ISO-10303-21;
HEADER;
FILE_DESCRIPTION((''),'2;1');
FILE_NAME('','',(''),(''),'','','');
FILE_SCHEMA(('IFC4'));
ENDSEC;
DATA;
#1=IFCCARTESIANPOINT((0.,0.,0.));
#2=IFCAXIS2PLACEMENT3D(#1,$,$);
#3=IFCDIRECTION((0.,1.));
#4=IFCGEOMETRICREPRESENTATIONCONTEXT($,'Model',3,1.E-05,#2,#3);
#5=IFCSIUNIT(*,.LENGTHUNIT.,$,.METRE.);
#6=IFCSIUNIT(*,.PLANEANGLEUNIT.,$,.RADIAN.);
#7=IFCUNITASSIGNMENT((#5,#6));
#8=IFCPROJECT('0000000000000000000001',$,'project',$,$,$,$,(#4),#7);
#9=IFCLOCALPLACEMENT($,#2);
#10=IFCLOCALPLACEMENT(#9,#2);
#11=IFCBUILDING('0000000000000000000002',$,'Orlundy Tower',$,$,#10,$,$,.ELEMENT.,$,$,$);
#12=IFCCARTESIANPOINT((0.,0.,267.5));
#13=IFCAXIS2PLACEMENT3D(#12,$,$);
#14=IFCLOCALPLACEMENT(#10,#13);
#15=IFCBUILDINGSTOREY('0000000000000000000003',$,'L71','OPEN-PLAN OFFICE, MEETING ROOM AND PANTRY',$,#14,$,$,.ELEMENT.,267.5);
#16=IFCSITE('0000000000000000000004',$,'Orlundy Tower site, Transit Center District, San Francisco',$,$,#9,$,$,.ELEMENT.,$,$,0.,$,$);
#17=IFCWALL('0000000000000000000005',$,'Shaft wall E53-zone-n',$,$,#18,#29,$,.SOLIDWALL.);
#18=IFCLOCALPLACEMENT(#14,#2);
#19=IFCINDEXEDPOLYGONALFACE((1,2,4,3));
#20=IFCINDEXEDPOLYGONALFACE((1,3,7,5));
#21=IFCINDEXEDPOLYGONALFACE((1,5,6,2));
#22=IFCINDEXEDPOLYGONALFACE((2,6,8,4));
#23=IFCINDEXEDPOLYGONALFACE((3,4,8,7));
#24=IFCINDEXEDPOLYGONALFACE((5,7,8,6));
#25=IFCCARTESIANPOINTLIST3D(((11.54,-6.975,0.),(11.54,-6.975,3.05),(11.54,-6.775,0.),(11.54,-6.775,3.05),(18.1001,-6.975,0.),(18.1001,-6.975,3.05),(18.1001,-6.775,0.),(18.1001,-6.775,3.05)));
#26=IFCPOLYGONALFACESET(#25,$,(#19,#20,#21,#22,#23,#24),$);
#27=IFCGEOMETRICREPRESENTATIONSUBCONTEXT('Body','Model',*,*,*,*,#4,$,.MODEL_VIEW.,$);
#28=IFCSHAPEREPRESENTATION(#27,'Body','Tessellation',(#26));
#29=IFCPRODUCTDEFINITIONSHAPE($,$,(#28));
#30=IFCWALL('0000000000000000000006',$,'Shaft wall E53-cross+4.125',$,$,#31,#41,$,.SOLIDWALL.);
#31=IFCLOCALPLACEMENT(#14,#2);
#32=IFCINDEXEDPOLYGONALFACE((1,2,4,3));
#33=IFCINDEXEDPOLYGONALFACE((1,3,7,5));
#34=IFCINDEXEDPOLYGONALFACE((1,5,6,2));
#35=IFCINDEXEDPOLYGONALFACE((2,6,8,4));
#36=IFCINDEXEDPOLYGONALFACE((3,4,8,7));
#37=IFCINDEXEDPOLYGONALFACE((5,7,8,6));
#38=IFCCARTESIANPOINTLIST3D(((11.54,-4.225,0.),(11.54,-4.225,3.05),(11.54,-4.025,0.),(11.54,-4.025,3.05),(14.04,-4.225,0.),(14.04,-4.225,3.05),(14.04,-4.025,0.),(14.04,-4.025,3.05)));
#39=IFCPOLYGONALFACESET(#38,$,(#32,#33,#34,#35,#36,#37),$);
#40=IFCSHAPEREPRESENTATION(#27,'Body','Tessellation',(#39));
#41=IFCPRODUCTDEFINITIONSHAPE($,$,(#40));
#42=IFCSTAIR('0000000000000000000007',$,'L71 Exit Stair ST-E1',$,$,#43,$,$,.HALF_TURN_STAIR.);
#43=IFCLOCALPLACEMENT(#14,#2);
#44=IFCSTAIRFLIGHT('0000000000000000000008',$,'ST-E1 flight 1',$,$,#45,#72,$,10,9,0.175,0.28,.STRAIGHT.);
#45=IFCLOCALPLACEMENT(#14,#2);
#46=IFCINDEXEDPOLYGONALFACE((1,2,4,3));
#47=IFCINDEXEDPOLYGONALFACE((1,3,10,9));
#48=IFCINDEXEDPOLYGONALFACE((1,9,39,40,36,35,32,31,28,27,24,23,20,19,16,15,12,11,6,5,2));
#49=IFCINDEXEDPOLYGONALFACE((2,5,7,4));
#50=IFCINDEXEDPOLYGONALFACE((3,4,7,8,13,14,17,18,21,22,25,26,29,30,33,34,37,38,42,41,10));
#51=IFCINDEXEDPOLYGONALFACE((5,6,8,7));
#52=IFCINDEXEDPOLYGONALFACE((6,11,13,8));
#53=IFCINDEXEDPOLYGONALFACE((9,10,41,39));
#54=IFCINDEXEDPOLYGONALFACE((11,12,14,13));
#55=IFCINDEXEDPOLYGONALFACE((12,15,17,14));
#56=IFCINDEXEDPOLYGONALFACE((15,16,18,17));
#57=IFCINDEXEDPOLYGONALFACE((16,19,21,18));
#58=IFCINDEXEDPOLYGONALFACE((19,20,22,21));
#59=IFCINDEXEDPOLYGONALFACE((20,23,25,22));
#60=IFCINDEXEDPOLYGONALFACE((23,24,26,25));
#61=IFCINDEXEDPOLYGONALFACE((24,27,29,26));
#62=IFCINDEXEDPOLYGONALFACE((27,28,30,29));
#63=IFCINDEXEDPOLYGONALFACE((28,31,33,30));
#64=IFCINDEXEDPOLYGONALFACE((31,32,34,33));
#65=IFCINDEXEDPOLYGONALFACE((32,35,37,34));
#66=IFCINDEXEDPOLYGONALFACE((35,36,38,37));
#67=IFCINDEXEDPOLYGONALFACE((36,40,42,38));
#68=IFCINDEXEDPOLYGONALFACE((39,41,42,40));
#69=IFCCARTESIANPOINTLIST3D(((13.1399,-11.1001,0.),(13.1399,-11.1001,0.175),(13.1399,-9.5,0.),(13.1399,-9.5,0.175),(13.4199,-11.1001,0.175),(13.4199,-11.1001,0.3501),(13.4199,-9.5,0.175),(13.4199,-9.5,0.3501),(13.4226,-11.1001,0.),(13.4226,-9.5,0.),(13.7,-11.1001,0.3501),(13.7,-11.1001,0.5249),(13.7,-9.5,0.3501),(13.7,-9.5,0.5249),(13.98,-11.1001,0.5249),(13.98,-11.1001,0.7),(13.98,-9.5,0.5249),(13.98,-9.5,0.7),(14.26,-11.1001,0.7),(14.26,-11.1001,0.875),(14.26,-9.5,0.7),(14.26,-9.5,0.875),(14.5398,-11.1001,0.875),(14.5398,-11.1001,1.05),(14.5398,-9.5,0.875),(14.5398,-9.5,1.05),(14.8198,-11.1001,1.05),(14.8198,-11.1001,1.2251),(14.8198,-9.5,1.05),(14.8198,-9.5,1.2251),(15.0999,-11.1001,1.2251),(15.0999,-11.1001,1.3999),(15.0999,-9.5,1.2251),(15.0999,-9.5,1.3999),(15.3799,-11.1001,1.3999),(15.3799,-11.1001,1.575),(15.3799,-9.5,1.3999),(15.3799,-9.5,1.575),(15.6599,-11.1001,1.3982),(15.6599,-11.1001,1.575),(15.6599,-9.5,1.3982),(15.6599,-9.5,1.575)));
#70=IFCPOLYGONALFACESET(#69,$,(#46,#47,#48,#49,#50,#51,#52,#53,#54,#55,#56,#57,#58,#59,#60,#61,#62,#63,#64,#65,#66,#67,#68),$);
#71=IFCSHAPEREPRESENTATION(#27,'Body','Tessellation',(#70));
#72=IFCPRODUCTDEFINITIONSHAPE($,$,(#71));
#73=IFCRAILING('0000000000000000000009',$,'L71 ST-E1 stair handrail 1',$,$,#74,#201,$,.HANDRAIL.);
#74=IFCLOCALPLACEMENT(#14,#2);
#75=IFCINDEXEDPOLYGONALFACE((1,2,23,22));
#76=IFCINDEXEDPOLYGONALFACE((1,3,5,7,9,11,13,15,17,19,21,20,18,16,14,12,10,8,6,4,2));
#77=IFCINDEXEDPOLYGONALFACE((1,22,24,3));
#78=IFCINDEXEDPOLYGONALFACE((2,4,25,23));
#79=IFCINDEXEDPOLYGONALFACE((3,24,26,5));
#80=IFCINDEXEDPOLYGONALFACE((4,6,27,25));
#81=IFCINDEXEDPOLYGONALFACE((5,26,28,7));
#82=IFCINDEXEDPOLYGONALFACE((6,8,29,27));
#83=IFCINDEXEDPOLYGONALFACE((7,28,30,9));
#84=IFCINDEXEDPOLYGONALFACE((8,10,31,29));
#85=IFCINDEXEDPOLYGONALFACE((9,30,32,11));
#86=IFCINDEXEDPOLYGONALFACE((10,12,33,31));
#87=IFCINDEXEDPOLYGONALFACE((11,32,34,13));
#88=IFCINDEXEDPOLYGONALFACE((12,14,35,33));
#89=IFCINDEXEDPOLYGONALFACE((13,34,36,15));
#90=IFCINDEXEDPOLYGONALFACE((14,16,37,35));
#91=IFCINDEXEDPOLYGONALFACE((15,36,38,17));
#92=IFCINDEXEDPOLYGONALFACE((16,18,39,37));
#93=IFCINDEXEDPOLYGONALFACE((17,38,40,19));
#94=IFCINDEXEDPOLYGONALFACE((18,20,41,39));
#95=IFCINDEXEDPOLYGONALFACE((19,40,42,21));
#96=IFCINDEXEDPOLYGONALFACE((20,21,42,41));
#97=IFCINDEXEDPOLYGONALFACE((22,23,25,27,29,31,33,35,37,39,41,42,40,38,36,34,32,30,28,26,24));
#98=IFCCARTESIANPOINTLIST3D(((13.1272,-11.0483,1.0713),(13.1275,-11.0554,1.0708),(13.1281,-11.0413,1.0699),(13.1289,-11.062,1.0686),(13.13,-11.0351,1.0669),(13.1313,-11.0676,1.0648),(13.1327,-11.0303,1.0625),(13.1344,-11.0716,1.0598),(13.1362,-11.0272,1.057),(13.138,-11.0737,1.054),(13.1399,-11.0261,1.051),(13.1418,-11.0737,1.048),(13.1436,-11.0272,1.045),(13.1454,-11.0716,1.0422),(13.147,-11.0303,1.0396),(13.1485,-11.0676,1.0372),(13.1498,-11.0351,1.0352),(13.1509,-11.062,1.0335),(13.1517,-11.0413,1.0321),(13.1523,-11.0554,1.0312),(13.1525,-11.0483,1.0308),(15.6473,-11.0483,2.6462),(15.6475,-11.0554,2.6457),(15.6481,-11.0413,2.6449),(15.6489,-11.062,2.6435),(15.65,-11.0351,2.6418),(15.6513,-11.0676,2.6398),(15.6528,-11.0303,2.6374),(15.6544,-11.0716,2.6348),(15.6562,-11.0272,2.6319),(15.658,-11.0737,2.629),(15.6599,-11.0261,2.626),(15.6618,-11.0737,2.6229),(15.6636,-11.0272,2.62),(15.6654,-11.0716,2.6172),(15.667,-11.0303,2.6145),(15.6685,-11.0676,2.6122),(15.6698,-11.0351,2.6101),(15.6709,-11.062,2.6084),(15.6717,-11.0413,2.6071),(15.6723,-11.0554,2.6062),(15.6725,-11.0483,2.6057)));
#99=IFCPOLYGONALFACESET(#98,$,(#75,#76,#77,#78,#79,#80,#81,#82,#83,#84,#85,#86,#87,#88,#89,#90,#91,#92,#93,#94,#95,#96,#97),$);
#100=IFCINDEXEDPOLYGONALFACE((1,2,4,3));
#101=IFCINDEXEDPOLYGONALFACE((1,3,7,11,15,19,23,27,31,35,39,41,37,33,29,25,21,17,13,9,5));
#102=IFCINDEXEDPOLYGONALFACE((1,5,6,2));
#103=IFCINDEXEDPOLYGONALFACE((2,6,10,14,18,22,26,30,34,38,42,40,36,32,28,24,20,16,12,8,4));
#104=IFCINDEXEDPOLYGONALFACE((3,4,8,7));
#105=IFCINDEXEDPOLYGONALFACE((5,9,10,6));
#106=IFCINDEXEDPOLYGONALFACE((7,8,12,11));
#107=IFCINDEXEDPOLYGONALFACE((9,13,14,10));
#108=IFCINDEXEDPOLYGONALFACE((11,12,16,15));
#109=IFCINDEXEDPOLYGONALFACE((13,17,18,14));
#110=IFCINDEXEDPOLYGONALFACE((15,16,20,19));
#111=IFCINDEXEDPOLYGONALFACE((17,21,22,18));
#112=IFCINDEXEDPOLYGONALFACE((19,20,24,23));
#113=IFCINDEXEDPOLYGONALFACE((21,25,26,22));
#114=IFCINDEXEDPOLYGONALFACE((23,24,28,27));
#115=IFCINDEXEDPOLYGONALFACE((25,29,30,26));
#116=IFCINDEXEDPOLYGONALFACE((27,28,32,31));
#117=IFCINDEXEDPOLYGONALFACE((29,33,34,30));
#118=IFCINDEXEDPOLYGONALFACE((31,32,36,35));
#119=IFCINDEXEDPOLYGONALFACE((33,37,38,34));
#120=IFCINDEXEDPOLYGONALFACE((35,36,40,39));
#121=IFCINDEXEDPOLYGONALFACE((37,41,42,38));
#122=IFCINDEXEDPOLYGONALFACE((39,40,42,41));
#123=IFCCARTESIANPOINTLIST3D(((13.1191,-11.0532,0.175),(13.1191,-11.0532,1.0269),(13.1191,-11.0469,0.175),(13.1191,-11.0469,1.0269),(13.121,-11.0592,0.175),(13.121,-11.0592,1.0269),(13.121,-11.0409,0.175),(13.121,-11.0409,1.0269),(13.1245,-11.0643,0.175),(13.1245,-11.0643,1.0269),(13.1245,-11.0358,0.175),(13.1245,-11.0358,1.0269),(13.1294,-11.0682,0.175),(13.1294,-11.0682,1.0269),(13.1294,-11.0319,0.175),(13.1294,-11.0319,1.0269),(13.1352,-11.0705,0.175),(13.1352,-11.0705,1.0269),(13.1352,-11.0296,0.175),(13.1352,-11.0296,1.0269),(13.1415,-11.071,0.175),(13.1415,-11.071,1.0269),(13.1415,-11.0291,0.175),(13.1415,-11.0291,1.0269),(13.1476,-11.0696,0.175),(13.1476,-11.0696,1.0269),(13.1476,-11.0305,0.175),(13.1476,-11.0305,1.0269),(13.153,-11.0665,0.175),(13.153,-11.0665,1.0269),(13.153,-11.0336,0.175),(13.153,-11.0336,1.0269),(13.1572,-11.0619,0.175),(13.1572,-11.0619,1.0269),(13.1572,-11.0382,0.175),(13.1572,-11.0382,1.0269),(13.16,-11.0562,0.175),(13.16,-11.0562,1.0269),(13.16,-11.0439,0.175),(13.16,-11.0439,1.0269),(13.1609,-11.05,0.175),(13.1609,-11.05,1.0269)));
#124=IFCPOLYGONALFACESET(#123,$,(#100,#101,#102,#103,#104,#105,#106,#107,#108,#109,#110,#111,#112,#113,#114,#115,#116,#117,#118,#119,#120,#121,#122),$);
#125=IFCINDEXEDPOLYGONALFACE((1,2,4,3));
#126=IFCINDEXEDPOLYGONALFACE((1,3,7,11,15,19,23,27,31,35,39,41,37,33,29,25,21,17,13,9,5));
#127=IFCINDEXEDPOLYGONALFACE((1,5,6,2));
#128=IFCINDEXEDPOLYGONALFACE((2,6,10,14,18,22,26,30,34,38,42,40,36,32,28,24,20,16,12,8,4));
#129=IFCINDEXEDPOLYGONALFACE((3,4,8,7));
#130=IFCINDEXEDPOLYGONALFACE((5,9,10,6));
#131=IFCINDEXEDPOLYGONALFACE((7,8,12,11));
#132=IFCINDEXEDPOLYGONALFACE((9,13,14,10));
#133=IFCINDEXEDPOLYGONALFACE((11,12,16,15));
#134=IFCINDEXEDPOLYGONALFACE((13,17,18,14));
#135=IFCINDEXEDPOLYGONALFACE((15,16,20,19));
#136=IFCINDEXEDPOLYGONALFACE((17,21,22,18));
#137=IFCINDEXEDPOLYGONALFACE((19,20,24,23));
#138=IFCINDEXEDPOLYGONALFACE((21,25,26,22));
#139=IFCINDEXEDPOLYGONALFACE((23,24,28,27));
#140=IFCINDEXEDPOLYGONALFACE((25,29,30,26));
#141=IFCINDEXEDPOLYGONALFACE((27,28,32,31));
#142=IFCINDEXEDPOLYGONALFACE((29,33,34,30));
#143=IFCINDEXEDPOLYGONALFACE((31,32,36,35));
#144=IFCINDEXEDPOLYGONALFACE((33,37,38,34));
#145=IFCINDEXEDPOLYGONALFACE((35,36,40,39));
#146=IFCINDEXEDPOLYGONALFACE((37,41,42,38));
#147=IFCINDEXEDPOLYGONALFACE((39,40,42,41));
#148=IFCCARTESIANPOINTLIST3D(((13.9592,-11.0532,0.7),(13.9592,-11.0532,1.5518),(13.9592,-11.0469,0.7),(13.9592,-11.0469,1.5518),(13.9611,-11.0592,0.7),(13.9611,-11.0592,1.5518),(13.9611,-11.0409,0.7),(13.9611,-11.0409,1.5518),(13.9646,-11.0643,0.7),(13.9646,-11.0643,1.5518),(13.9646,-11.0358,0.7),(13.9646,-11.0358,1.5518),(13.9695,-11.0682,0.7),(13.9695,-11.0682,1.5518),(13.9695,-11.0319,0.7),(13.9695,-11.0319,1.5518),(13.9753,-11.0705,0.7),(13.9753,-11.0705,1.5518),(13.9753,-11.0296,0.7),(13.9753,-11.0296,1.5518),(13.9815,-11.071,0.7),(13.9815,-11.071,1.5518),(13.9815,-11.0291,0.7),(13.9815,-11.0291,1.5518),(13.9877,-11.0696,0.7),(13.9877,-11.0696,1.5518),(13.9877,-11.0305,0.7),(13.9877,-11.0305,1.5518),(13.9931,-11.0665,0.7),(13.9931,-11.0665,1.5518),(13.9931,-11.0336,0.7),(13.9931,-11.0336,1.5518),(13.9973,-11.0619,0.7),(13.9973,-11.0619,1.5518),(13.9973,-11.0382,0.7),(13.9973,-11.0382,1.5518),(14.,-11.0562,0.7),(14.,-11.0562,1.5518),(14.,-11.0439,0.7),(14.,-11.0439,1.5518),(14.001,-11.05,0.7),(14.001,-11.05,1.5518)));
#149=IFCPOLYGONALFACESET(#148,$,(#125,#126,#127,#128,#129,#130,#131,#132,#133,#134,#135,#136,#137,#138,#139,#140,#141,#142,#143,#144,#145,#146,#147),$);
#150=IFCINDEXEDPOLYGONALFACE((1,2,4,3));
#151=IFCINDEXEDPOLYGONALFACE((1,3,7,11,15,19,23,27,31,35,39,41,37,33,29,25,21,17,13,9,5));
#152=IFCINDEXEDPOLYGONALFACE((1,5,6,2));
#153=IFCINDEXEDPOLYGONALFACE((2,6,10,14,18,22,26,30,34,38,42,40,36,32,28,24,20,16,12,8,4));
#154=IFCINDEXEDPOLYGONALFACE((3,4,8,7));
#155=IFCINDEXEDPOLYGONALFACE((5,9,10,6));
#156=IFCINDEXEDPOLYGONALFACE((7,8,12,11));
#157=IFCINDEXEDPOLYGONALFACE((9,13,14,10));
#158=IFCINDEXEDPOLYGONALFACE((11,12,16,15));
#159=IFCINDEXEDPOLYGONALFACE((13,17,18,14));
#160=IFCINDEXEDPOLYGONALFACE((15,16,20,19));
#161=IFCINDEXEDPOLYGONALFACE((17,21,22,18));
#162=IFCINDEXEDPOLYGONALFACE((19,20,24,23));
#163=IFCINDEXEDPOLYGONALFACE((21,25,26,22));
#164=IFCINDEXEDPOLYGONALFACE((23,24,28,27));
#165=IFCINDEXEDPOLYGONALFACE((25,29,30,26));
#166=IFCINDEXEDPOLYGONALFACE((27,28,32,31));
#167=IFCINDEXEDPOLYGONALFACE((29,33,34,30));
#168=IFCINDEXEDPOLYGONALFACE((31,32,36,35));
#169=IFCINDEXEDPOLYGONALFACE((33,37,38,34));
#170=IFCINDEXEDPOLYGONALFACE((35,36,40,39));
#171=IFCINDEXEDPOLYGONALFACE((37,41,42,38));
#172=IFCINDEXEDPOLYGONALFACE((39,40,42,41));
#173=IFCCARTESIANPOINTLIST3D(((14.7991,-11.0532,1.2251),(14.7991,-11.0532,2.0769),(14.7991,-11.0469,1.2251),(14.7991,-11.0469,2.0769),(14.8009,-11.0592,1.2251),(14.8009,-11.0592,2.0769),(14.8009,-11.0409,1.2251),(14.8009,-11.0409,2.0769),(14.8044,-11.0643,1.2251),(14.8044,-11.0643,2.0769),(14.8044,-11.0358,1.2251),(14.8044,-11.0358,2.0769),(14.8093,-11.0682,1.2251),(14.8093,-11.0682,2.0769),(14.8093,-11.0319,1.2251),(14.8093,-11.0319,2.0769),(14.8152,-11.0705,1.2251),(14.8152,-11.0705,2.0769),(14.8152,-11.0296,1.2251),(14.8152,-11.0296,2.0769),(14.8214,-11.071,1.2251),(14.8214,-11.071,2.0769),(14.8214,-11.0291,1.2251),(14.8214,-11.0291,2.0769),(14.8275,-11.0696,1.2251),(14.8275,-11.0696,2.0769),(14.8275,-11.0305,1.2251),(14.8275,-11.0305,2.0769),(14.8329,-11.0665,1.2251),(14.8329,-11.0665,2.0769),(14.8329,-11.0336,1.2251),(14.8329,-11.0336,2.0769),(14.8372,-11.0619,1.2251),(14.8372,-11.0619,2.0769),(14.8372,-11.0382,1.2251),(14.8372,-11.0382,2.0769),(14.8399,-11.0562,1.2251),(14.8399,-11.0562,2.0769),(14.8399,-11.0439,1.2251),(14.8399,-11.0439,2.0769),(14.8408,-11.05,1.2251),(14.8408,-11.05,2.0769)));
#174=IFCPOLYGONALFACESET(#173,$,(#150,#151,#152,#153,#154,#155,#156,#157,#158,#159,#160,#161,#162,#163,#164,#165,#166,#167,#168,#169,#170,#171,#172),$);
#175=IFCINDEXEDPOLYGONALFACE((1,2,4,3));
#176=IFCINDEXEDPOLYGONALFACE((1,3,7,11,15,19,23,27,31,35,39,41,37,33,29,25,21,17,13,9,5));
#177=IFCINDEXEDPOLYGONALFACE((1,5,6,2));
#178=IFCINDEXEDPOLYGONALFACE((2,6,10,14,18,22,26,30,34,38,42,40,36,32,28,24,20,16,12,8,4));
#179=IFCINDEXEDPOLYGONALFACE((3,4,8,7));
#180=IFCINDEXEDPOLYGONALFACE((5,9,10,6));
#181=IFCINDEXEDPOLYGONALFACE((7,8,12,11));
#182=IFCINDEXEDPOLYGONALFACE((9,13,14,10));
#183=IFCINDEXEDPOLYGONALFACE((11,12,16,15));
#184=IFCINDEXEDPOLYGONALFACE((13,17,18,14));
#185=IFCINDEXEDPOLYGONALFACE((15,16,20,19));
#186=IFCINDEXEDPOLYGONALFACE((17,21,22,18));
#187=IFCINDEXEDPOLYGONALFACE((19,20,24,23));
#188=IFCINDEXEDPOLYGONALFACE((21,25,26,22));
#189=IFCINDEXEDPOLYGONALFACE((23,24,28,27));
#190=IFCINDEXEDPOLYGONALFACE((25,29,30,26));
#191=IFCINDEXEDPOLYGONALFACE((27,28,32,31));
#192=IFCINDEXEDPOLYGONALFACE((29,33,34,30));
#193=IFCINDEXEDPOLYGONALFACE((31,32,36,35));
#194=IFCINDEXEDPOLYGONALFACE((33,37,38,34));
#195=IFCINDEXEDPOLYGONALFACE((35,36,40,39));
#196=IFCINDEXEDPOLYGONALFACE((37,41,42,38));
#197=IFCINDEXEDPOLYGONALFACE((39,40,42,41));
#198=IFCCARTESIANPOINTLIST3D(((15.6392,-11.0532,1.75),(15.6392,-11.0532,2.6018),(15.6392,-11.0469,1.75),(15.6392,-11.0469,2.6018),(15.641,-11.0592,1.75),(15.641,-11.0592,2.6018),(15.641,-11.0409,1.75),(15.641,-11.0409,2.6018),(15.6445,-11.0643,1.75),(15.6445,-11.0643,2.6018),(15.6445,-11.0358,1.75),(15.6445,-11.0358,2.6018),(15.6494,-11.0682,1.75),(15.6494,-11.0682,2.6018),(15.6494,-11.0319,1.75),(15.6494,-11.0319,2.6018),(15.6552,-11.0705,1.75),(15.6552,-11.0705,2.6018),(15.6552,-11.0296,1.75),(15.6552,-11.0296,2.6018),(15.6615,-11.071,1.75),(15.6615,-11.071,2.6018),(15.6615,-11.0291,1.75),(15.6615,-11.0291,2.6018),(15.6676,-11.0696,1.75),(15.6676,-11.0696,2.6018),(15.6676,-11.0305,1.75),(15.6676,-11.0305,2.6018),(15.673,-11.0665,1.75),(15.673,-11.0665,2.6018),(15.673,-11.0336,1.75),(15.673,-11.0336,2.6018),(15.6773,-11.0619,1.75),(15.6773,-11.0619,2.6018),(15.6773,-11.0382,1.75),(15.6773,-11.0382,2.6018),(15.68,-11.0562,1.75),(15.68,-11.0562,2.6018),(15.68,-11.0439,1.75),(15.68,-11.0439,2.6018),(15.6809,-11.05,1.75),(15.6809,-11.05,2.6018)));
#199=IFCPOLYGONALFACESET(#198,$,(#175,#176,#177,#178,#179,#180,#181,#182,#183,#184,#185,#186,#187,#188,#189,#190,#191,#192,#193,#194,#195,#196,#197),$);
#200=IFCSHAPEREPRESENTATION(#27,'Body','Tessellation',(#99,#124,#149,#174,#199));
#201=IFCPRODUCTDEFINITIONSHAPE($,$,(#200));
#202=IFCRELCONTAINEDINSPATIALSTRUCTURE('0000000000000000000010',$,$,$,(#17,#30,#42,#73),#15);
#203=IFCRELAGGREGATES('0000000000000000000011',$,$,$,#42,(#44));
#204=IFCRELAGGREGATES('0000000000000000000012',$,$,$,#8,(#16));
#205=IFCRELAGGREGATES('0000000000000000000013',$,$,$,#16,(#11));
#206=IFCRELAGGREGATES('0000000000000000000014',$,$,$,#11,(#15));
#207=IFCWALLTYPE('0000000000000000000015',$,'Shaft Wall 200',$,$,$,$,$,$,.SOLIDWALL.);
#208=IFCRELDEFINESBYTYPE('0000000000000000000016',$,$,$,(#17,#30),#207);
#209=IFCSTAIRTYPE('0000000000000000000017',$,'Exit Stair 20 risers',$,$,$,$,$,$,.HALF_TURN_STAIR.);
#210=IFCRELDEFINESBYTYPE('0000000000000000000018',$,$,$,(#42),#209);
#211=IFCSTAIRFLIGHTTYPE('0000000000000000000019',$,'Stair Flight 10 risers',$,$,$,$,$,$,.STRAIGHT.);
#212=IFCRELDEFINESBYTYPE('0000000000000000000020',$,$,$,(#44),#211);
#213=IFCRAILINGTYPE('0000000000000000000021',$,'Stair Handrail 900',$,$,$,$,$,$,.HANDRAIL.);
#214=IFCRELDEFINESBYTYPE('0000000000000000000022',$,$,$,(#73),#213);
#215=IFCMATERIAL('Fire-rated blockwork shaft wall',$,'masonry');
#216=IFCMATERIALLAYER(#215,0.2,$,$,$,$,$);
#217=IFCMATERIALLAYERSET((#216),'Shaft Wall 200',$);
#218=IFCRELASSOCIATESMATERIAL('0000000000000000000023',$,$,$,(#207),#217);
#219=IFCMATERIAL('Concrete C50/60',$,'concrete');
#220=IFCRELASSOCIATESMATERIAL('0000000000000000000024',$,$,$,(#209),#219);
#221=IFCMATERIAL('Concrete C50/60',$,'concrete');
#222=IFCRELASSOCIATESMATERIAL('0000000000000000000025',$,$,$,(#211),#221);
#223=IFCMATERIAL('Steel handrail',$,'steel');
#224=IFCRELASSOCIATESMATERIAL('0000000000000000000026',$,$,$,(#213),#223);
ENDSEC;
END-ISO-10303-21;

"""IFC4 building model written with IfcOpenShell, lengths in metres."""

from ifc_helpers import new_model, si_unit, direction, frame, frame_2d, origin, origin_2d, place, context, subcontext, project, spatial, polyline, rectangle, circle, outline, extrude, material, layer, layer_set, type_object, element, aggregate, save


model = new_model("IFC4")

# Units and contexts
model_context = context("Model", 3, precision=1e-05, world=origin(), true_north=direction((0.0, 1.0)))
body_context = subcontext(model_context, "Body", "Model", "MODEL_VIEW")
ifc_project = project(units=[si_unit("LENGTHUNIT", "METRE"), si_unit("PLANEANGLEUNIT", "RADIAN")], contexts=[model_context])

# Site, building, storey
site_placement = place(None, origin())
site = spatial("IfcSite", under=ifc_project, at=site_placement, Name="Orlundy Tower site, Transit Center District, San Francisco", CompositionType="ELEMENT", RefElevation=0.0)
building_placement = place(site_placement, origin())
building = spatial("IfcBuilding", under=site, at=building_placement, Name="Orlundy Tower", CompositionType="ELEMENT")
storey_placement = place(building_placement, frame((0.0, 0.0, 267.5)))
storey = spatial("IfcBuildingStorey", under=building, at=storey_placement, Name="L71", Description="OPEN-PLAN OFFICE, MEETING ROOM AND PANTRY", CompositionType="ELEMENT", Elevation=267.5)

# Walls
ifc_material_1 = material(Name="Fire-rated blockwork shaft wall", Category="masonry")
ifc_layer_1 = layer(ifc_material_1, 0.2)
ifc_layer_set_1 = layer_set([ifc_layer_1], Name="Shaft Wall 200")
wall_type_1 = type_object("IfcWallType", Name="Shaft Wall 200", PredefinedType="SOLIDWALL", material=ifc_layer_set_1)
wall_1_placement = place(storey_placement, frame((11.54, -6.875, 0.0), z_axis=(0.0, 0.0, 1.0), x_axis=(1.0, 0.0, 0.0)))
element("IfcWall", 1, at=wall_1_placement, inside=storey, type_object=wall_type_1, Name="Shaft wall E53-zone-n", PredefinedType="SOLIDWALL", context=body_context, shape_type="SweptSolid", body=[
    extrude(rectangle(XDim=6.5601, YDim=0.2, at=frame_2d((3.28, 0.0))), origin(), (0.0, 0.0, 1.0), 3.05),
])
wall_2_placement = place(storey_placement, frame((11.54, -4.125, 0.0), z_axis=(0.0, 0.0, 1.0), x_axis=(1.0, 0.0, 0.0)))
element("IfcWall", 2, at=wall_2_placement, inside=storey, type_object=wall_type_1, Name="Shaft wall E53-cross+4.125", PredefinedType="SOLIDWALL", context=body_context, shape_type="SweptSolid", body=[
    extrude(rectangle(XDim=2.5, YDim=0.2, at=frame_2d((1.25, 0.0))), origin(), (0.0, 0.0, 1.0), 3.05),
])

# Stair, stair flight
ifc_material_2 = material(Name="Concrete C50/60", Category="concrete")
stair_type = type_object("IfcStairType", Name="Exit Stair 20 risers", PredefinedType="HALF_TURN_STAIR", material=ifc_material_2)
stair_placement = place(storey_placement, origin())
stair = element("IfcStair", 3, at=stair_placement, inside=storey, type_object=stair_type, Name="L71 Exit Stair ST-E1", PredefinedType="HALF_TURN_STAIR")
ifc_material_3 = material(Name="Concrete C50/60", Category="concrete")
stair_flight_type = type_object("IfcStairFlightType", Name="Stair Flight 10 risers", PredefinedType="STRAIGHT", material=ifc_material_3)
stair_flight_placement = place(storey_placement, frame((13.1399, -10.3, 0.0), z_axis=(0.0, 0.0, 1.0), x_axis=(1.0, 0.0, 0.0)))
stair_flight = element("IfcStairFlight", 4, at=stair_flight_placement, type_object=stair_flight_type, Name="ST-E1 flight 1", NumberOfRisers=10, NumberOfTreads=9, PredefinedType="STRAIGHT", RiserHeight=0.175, TreadLength=0.28, context=body_context, shape_type="SweptSolid", body=[
    extrude(outline(polyline([(0.0, 0.0), (0.0, 0.175), (0.28, 0.175), (0.28, 0.3501), (0.5601, 0.3501), (0.5601, 0.5249), (0.8401, 0.5249), (0.8401, 0.7), (1.1201, 0.7), (1.1201, 0.875), (1.3999, 0.875), (1.3999, 1.05), (1.6799, 1.05), (1.6799, 1.2251), (1.96, 1.2251), (1.96, 1.3999), (2.24, 1.3999), (2.24, 1.575), (2.52, 1.575), (2.52, 1.75), (2.52, 1.3982), (0.2827, 0.0), (0.0, 0.0)])), frame((0.0, 0.8, 0.0), z_axis=(0.0, -1.0, 0.0), x_axis=(1.0, 0.0, 0.0)), (0.0, 0.0, 1.0), 1.6001),
])
aggregate(stair, [stair_flight])

# Railing
ifc_material_4 = material(Name="Steel handrail", Category="steel")
railing_type_1 = type_object("IfcRailingType", Name="Stair Handrail 900", PredefinedType="HANDRAIL", material=ifc_material_4)
railing_1_placement = place(storey_placement, frame((13.1399, -11.05, 0.175)))
element("IfcRailing", 5, at=railing_1_placement, inside=storey, type_object=railing_type_1, Name="L71 ST-E1 stair handrail 1", PredefinedType="HANDRAIL", context=body_context, shape_type="SweptSolid", body=[
    extrude(circle(Radius=0.0239, at=origin_2d()), frame((0.0, 0.0, 0.876), z_axis=(0.848008, 0.0, 0.529984), x_axis=(0.0, 1.0, 0.0)), (0.0, 0.0, 1.0), 2.9717),
    extrude(circle(Radius=0.021, at=origin_2d()), origin(), (0.0, 0.0, 1.0), 0.8518),
    extrude(circle(Radius=0.021, at=origin_2d()), frame((0.8401, 0.0, 0.5249)), (0.0, 0.0, 1.0), 0.8518),
    extrude(circle(Radius=0.021, at=origin_2d()), frame((1.6799, 0.0, 1.05)), (0.0, 0.0, 1.0), 0.8518),
    extrude(circle(Radius=0.021, at=origin_2d()), frame((2.52, 0.0, 1.575)), (0.0, 0.0, 1.0), 0.8518),
])

save(model, "model.ifc")
